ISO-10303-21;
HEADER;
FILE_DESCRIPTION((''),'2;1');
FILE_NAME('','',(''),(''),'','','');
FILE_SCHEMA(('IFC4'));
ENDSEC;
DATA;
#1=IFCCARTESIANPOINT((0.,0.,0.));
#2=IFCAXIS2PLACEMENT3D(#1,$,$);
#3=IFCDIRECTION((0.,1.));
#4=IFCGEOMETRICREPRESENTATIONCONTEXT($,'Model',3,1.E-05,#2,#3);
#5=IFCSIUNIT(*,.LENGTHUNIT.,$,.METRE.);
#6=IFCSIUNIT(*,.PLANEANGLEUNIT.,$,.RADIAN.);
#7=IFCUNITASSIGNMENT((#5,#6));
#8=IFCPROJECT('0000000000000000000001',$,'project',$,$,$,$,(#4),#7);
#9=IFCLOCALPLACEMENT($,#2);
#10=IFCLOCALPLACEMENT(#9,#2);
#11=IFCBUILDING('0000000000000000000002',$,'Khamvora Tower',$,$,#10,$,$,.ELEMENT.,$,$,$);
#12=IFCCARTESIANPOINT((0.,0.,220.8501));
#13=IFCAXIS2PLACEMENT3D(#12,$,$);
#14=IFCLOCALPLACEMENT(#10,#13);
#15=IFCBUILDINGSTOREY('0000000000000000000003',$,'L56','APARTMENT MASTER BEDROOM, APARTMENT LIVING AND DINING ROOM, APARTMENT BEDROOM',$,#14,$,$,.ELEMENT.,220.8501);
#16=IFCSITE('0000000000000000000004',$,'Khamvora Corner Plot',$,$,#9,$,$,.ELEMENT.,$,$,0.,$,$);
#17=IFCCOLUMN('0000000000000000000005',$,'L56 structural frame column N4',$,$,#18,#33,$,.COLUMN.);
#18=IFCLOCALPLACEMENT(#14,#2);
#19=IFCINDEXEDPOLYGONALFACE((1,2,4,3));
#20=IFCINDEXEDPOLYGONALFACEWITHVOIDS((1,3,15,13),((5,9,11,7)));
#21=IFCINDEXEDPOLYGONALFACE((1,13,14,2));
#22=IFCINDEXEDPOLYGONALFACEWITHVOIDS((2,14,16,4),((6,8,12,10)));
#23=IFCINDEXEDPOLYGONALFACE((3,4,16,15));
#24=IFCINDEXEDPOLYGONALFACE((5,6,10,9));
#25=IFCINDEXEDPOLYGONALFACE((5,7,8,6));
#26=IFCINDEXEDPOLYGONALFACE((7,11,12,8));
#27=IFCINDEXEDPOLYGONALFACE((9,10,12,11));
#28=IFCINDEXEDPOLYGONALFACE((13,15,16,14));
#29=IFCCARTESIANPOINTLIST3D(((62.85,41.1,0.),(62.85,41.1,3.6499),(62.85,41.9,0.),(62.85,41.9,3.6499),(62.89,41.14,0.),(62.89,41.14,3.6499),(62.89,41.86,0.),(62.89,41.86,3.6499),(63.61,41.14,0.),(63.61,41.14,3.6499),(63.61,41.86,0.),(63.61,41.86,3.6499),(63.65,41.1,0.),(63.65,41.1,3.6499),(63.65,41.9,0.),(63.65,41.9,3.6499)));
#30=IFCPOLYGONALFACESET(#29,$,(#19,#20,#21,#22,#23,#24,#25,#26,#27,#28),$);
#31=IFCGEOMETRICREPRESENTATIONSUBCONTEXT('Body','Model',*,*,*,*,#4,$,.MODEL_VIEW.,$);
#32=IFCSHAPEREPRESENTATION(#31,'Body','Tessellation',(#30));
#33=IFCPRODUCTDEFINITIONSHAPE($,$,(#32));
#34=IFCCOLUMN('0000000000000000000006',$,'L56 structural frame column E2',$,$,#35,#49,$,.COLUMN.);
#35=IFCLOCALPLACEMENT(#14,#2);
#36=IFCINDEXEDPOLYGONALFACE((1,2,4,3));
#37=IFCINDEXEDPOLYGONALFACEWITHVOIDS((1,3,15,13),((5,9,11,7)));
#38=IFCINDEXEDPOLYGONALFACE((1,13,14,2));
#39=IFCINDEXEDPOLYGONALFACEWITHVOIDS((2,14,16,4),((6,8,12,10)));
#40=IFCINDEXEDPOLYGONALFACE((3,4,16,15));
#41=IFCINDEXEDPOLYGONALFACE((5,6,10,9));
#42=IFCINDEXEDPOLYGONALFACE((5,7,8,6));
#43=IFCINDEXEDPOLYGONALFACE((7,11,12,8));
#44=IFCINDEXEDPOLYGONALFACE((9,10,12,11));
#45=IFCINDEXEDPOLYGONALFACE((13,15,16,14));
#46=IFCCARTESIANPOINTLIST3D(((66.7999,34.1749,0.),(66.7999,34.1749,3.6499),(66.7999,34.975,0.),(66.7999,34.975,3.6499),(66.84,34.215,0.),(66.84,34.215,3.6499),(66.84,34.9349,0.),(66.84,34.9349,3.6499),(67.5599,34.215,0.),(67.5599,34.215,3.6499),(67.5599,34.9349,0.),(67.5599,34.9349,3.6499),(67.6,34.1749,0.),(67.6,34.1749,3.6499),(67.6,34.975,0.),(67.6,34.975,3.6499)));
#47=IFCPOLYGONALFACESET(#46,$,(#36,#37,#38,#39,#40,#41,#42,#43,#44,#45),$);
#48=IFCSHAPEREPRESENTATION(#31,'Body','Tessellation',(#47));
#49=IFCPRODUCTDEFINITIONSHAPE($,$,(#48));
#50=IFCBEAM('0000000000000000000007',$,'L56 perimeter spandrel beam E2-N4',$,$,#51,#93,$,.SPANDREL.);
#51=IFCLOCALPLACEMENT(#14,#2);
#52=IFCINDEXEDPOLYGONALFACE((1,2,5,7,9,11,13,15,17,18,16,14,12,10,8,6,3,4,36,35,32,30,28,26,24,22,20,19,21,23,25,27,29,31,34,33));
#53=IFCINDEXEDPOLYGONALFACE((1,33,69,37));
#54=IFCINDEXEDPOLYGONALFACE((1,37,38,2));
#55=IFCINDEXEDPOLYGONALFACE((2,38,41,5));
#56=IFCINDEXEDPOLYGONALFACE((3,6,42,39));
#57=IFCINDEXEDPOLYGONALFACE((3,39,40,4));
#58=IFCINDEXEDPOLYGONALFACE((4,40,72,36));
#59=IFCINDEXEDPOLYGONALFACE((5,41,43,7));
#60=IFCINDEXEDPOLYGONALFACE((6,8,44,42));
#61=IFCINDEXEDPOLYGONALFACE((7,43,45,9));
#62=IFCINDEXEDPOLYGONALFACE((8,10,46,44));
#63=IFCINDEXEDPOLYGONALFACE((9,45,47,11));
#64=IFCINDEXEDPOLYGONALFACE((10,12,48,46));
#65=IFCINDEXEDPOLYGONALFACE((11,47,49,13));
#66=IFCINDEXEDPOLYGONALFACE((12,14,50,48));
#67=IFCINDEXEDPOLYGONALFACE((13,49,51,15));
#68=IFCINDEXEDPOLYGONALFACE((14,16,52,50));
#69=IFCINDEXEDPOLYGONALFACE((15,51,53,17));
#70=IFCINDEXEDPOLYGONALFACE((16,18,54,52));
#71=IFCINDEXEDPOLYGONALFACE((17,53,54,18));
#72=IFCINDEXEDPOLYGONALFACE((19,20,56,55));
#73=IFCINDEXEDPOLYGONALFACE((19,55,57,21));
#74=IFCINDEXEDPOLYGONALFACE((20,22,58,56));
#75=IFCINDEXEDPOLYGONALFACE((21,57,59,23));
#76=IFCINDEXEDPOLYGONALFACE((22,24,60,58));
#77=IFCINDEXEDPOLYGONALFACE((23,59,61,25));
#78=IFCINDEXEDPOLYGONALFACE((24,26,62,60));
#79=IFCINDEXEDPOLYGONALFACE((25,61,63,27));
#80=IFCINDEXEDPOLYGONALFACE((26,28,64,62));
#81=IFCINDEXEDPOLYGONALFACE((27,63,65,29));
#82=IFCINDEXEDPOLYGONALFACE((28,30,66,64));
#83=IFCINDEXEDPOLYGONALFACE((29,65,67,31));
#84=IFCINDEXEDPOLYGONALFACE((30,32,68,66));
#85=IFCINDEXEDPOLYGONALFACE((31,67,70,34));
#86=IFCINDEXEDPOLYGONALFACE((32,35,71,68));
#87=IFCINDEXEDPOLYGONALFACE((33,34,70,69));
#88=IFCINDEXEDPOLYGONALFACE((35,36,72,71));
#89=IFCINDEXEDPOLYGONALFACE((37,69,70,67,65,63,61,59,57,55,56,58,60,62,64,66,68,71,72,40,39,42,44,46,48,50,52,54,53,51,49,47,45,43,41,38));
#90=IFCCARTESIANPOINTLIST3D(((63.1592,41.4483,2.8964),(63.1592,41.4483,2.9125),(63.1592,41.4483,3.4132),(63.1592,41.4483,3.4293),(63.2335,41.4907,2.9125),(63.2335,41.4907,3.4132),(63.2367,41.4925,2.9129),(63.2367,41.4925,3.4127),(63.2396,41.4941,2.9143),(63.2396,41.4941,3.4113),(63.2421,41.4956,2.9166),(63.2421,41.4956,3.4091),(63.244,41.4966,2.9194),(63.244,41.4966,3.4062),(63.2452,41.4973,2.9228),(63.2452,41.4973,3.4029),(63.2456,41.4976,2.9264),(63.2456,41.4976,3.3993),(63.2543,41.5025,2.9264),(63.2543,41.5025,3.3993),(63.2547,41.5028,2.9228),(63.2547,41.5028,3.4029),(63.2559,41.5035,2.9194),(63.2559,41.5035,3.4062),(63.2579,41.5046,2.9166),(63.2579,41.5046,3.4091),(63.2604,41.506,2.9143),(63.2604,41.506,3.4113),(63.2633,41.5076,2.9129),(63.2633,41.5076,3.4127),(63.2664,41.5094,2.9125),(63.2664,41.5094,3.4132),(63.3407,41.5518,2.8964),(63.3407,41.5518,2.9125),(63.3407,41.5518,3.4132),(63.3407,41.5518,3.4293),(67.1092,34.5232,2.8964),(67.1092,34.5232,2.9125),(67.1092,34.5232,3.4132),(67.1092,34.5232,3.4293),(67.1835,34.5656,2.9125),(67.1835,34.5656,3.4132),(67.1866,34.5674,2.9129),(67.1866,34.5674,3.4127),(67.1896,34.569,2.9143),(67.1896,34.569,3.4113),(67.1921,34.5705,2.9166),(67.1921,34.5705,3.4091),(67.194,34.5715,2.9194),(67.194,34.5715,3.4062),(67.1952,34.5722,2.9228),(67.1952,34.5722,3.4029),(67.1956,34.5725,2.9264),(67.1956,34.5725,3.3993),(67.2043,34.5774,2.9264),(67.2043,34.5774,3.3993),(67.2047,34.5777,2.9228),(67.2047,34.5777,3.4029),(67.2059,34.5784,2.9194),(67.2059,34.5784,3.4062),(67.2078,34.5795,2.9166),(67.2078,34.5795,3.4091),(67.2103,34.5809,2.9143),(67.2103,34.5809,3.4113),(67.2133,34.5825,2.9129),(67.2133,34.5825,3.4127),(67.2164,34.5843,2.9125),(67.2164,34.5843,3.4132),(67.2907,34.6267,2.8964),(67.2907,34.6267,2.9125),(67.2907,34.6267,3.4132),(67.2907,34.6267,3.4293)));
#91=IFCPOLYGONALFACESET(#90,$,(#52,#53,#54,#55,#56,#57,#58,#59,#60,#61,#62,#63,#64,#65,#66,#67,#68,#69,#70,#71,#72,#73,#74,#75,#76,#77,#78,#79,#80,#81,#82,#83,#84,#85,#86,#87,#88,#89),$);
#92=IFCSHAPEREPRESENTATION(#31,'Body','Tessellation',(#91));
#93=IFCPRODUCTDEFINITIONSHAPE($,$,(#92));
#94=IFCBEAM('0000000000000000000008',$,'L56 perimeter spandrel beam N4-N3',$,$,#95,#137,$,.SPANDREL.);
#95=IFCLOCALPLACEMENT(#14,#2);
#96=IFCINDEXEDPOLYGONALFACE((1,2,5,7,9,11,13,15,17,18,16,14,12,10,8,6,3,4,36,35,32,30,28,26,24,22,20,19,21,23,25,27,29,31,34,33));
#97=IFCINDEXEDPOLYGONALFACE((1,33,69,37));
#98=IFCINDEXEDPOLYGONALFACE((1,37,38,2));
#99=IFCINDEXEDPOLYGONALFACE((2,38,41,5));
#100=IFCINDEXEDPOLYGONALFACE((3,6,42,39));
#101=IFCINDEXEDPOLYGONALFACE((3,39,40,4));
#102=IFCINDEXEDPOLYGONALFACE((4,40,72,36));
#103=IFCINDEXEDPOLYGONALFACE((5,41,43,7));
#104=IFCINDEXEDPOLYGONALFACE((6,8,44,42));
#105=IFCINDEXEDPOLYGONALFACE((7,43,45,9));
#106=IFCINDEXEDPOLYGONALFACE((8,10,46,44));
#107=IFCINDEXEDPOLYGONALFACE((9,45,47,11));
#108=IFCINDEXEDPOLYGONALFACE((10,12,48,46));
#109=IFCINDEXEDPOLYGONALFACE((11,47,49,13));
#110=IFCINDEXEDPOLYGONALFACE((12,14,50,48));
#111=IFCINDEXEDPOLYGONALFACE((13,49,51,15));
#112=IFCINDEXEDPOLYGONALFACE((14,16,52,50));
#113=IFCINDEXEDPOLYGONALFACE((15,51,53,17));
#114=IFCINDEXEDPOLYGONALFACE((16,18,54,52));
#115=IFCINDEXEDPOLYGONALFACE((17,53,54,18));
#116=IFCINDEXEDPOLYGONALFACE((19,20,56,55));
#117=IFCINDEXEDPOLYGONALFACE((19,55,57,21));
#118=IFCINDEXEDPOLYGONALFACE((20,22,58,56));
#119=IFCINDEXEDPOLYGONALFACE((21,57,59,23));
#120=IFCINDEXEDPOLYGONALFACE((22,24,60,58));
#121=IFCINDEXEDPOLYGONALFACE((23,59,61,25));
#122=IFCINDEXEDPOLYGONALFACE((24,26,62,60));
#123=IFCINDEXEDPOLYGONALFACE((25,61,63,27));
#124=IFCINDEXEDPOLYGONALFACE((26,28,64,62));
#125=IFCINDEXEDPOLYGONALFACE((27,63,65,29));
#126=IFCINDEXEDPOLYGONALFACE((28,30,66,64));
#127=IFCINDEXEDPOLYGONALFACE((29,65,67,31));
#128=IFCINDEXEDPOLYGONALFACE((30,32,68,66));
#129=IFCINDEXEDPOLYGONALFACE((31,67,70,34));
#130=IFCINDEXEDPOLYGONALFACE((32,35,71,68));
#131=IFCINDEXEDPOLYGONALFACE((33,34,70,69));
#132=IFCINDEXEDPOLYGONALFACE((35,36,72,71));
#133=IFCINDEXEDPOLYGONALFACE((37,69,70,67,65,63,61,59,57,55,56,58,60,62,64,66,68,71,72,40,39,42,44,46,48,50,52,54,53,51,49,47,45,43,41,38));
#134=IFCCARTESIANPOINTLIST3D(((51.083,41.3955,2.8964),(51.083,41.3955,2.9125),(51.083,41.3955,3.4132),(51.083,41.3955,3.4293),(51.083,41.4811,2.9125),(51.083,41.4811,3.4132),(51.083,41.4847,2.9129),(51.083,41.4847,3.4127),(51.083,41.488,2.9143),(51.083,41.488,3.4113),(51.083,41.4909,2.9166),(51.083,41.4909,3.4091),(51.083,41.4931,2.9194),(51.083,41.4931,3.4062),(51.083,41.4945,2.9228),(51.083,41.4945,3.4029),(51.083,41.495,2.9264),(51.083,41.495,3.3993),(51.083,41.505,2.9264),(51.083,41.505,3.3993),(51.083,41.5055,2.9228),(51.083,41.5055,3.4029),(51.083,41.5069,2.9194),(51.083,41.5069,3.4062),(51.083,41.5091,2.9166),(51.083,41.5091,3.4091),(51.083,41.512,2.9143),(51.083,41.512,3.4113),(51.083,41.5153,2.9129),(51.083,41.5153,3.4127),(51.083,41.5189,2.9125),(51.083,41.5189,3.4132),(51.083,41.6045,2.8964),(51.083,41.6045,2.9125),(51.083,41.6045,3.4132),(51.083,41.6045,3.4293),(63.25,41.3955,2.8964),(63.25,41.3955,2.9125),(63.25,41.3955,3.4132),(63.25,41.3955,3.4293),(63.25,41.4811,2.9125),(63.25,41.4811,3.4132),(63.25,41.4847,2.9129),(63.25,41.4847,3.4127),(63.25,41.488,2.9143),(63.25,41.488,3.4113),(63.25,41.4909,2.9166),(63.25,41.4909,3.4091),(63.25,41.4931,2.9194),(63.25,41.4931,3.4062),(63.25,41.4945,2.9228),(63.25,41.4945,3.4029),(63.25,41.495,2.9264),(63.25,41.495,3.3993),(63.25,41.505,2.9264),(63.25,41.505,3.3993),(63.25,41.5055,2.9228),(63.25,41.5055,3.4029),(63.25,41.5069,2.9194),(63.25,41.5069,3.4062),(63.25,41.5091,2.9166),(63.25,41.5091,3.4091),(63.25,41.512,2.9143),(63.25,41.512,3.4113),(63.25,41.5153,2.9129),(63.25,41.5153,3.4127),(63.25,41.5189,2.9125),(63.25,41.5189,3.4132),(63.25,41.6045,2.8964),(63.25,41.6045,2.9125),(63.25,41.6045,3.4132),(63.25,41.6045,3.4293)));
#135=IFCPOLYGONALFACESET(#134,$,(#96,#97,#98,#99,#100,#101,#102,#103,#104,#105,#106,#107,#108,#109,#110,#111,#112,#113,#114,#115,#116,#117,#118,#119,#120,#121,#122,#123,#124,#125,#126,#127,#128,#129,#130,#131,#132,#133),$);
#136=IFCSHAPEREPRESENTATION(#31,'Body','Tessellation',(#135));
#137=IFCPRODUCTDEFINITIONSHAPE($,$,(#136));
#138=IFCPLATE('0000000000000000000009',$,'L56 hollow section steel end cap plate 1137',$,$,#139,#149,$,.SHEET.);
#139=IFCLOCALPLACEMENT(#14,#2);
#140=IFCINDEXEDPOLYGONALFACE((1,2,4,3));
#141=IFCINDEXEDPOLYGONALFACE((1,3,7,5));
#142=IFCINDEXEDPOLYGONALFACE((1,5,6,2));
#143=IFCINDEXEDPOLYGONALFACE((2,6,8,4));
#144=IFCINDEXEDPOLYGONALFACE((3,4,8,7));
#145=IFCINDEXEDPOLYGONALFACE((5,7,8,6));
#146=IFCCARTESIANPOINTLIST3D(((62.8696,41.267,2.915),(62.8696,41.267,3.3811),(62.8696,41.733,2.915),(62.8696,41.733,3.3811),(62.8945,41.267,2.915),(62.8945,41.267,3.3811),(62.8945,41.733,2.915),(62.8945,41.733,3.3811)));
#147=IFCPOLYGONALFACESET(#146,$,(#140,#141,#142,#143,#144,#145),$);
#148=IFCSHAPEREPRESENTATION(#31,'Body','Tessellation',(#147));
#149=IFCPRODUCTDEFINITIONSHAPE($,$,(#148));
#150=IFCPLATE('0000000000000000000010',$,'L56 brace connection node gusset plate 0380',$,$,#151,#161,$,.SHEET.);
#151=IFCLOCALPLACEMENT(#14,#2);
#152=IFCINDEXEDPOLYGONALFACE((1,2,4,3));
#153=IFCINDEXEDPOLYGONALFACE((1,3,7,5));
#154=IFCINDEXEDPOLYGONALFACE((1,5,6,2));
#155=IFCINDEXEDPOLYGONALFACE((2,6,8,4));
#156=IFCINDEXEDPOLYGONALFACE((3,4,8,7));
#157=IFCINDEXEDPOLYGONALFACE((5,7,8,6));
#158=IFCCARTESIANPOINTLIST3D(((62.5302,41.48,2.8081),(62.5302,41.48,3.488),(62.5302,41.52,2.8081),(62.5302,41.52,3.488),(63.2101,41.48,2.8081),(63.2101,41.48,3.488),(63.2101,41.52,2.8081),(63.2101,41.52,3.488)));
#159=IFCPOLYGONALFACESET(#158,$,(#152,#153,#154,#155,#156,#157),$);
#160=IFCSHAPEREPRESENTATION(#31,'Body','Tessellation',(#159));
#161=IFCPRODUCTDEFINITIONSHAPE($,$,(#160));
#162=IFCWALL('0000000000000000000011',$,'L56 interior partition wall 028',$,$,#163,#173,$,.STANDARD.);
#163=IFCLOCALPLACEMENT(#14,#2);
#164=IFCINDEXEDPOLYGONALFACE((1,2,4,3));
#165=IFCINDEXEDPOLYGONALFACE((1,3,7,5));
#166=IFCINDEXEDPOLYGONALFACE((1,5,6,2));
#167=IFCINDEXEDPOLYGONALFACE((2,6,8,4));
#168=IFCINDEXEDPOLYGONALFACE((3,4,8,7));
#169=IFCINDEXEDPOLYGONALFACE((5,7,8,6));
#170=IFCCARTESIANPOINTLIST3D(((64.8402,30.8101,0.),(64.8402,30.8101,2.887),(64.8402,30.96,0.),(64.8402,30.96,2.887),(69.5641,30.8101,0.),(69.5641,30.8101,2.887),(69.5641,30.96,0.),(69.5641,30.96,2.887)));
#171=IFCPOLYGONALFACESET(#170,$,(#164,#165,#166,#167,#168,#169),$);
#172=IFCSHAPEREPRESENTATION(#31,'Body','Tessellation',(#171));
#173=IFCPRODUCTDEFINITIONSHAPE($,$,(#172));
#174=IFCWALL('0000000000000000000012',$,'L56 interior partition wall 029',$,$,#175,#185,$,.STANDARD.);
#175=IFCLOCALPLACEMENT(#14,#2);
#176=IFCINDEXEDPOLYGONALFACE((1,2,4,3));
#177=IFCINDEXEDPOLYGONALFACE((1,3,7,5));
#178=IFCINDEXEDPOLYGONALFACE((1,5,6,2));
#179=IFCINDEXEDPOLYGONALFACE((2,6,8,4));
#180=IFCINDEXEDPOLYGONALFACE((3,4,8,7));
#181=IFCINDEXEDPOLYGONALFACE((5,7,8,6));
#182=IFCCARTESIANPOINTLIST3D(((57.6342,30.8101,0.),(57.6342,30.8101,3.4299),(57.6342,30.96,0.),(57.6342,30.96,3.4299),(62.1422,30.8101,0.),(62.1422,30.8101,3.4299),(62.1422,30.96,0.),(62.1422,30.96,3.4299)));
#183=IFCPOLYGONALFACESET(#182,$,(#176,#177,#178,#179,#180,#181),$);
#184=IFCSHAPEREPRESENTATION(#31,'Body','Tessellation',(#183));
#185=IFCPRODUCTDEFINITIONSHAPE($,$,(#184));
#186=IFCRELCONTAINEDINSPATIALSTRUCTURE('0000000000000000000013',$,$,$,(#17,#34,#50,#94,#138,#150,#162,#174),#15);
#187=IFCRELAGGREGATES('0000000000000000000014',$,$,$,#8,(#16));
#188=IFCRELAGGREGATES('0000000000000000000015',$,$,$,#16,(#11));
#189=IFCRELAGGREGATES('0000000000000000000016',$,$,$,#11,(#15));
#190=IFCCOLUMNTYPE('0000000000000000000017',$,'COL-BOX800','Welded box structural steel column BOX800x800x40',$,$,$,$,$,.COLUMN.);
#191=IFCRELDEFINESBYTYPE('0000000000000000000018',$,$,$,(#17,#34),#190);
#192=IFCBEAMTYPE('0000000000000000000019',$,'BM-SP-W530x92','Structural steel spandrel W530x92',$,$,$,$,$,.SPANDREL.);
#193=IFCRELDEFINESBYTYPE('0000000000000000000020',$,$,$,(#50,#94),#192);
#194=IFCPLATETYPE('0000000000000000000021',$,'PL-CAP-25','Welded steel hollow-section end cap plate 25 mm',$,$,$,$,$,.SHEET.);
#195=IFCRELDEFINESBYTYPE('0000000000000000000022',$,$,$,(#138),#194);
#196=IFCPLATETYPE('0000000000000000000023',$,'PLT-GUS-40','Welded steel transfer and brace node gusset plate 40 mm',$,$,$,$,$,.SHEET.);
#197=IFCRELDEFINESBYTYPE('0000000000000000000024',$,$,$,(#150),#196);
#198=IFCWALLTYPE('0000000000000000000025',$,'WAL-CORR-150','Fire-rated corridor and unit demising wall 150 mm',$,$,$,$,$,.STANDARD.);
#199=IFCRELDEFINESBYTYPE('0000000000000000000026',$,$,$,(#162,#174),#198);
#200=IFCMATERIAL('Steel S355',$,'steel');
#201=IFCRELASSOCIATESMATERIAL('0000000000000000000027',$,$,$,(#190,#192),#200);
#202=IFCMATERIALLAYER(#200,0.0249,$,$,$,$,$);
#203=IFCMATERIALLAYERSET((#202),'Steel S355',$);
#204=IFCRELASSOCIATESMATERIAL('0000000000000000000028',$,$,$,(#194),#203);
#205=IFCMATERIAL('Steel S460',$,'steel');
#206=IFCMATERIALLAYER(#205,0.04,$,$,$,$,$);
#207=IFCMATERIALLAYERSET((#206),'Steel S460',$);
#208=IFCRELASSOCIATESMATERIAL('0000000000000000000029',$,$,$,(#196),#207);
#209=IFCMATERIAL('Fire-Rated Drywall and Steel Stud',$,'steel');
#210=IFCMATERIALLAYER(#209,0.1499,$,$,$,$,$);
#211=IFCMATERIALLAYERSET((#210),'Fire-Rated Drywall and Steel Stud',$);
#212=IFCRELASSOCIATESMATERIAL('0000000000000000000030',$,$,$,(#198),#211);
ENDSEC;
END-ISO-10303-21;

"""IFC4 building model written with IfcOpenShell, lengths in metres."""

from ifc_helpers import new_model, si_unit, direction, frame, frame_2d, origin, origin_2d, place, context, subcontext, project, spatial, rectangle, hollow_rectangle, i_section, extrude, material, layer, layer_set, material_profile, profile_set, type_object, element, save


model = new_model("IFC4")

# Units and contexts
model_context = context("Model", 3, precision=1e-05, world=origin(), true_north=direction((0.0, 1.0)))
body_context = subcontext(model_context, "Body", "Model", "MODEL_VIEW")
ifc_project = project(units=[si_unit("LENGTHUNIT", "METRE"), si_unit("PLANEANGLEUNIT", "RADIAN")], contexts=[model_context])

# Site, building, storey
site_placement = place(None, origin())
site = spatial("IfcSite", under=ifc_project, at=site_placement, Name="Khamvora Corner Plot", CompositionType="ELEMENT", RefElevation=0.0)
building_placement = place(site_placement, origin())
building = spatial("IfcBuilding", under=site, at=building_placement, Name="Khamvora Tower", CompositionType="ELEMENT")
storey_placement = place(building_placement, frame((0.0, 0.0, 220.8501)))
storey = spatial("IfcBuildingStorey", under=building, at=storey_placement, Name="L56", Description="APARTMENT MASTER BEDROOM, APARTMENT LIVING AND DINING ROOM, APARTMENT BEDROOM", CompositionType="ELEMENT", Elevation=220.8501)

# Columns
ifc_material_1 = material(Name="Steel S355", Category="steel")
ifc_material_profile_1 = material_profile(ifc_material_1, hollow_rectangle(XDim=0.8, YDim=0.8, WallThickness=0.04, at=origin_2d()), Name="BOX800x800x40")
ifc_profile_set_1 = profile_set([ifc_material_profile_1], Name="Steel S355")
column_type = type_object("IfcColumnType", Name="COL-BOX800", Description="Welded box structural steel column BOX800x800x40", PredefinedType="COLUMN", material=ifc_profile_set_1)
for number, where, z_axis, x_axis, name in (
    (1, (63.25, 41.5, 0.0), (0.0, 0.0, 1.0), (1.0, 0.0, 0.0), "L56 structural frame column N4"),
    (2, (67.2, 34.575, 0.0), (0.0, 0.0, 1.0), (1.0, 0.0, 0.0), "L56 structural frame column E2"),
):
    element("IfcColumn", number, at=place(storey_placement, frame(where, z_axis=z_axis, x_axis=x_axis)), inside=storey, type_object=column_type, Name=name, PredefinedType="COLUMN", context=body_context, shape_type="SweptSolid", body=[
        extrude(hollow_rectangle(XDim=0.8, YDim=0.8, WallThickness=0.04, at=origin_2d()), origin(), (0.0, 0.0, 1.0), 3.6499),
    ])

# Beams
ifc_material_profile_2 = material_profile(ifc_material_1, i_section(OverallWidth=0.209, OverallDepth=0.533, WebThickness=0.01, FlangeThickness=0.0161, FilletRadius=0.0139, at=origin_2d()), Name="W530x92")
ifc_profile_set_2 = profile_set([ifc_material_profile_2], Name="Steel S355")
beam_type = type_object("IfcBeamType", Name="BM-SP-W530x92", Description="Structural steel spandrel W530x92", PredefinedType="SPANDREL", material=ifc_profile_set_2)
beam_1_placement = place(storey_placement, frame((67.2, 34.575, 3.1628), z_axis=(-0.495456, 0.868633, 0.0), x_axis=(-0.868633, -0.495456, 0.0)))
element("IfcBeam", 3, at=beam_1_placement, inside=storey, type_object=beam_type, Name="L56 perimeter spandrel beam E2-N4", PredefinedType="SPANDREL", context=body_context, shape_type="SweptSolid", body=[
    extrude(i_section(OverallWidth=0.209, OverallDepth=0.533, WebThickness=0.01, FlangeThickness=0.0161, FilletRadius=0.0139, at=origin_2d()), origin(), (0.0, 0.0, 1.0), 7.9724),
])
beam_2_placement = place(storey_placement, frame((63.25, 41.5, 3.1628), z_axis=(-1.0, 0.0, 0.0), x_axis=(0.0, -1.0, 0.0)))
element("IfcBeam", 4, at=beam_2_placement, inside=storey, type_object=beam_type, Name="L56 perimeter spandrel beam N4-N3", PredefinedType="SPANDREL", context=body_context, shape_type="SweptSolid", body=[
    extrude(i_section(OverallWidth=0.209, OverallDepth=0.533, WebThickness=0.01, FlangeThickness=0.0161, FilletRadius=0.0139, at=origin_2d()), origin(), (0.0, 0.0, 1.0), 12.167),
])

# Plates
ifc_layer_1 = layer(ifc_material_1, 0.0249)
ifc_layer_set_1 = layer_set([ifc_layer_1], Name="Steel S355")
plate_type_1 = type_object("IfcPlateType", Name="PL-CAP-25", Description="Welded steel hollow-section end cap plate 25 mm", PredefinedType="SHEET", material=ifc_layer_set_1)
plate_1_placement = place(storey_placement, frame((62.8821, 41.5, 2.915), z_axis=(0.0, 0.0, 1.0), x_axis=(1.0, 0.0, 0.0)))
element("IfcPlate", 5, at=plate_1_placement, inside=storey, type_object=plate_type_1, Name="L56 hollow section steel end cap plate 1137", PredefinedType="SHEET", context=body_context, shape_type="SweptSolid", body=[
    extrude(rectangle(XDim=0.0249, YDim=0.4661, at=origin_2d()), origin(), (0.0, 0.0, 1.0), 0.4661),
])
ifc_material_2 = material(Name="Steel S460", Category="steel")
ifc_layer_2 = layer(ifc_material_2, 0.04)
ifc_layer_set_2 = layer_set([ifc_layer_2], Name="Steel S460")
plate_type_2 = type_object("IfcPlateType", Name="PLT-GUS-40", Description="Welded steel transfer and brace node gusset plate 40 mm", PredefinedType="SHEET", material=ifc_layer_set_2)
plate_2_placement = place(storey_placement, frame((62.8701, 41.5, 2.8081), z_axis=(0.0, 0.0, 1.0), x_axis=(1.0, 0.0, 0.0)))
element("IfcPlate", 6, at=plate_2_placement, inside=storey, type_object=plate_type_2, Name="L56 brace connection node gusset plate 0380", PredefinedType="SHEET", context=body_context, shape_type="SweptSolid", body=[
    extrude(rectangle(XDim=0.6799, YDim=0.04, at=origin_2d()), origin(), (0.0, 0.0, 1.0), 0.6799),
])

# Shared definitions
ifc_material_3 = material(Name="Fire-Rated Drywall and Steel Stud", Category="steel")
ifc_layer_3 = layer(ifc_material_3, 0.1499)
ifc_layer_set_3 = layer_set([ifc_layer_3], Name="Fire-Rated Drywall and Steel Stud")
wall_type_1 = type_object("IfcWallType", Name="WAL-CORR-150", Description="Fire-rated corridor and unit demising wall 150 mm", PredefinedType="STANDARD", material=ifc_layer_set_3)

# Walls
wall_1_placement = place(storey_placement, frame((69.564, 30.885, 0.0), z_axis=(0.0, 0.0, 1.0), x_axis=(-1.0, 0.0, 0.0)))
element("IfcWall", 7, at=wall_1_placement, inside=storey, type_object=wall_type_1, Name="L56 interior partition wall 028", PredefinedType="STANDARD", context=body_context, shape_type="SweptSolid", body=[
    extrude(rectangle(XDim=4.7239, YDim=0.1499, at=frame_2d((2.3618, 0.0))), origin(), (0.0, 0.0, 1.0), 2.887),
])
wall_2_placement = place(storey_placement, frame((62.1421, 30.885, 0.0), z_axis=(0.0, 0.0, 1.0), x_axis=(-1.0, 0.0, 0.0)))
element("IfcWall", 8, at=wall_2_placement, inside=storey, type_object=wall_type_1, Name="L56 interior partition wall 029", PredefinedType="STANDARD", context=body_context, shape_type="SweptSolid", body=[
    extrude(rectangle(XDim=4.5081, YDim=0.1499, at=frame_2d((2.2539, 0.0))), origin(), (0.0, 0.0, 1.0), 3.4299),
])

save(model, "model.ifc")
